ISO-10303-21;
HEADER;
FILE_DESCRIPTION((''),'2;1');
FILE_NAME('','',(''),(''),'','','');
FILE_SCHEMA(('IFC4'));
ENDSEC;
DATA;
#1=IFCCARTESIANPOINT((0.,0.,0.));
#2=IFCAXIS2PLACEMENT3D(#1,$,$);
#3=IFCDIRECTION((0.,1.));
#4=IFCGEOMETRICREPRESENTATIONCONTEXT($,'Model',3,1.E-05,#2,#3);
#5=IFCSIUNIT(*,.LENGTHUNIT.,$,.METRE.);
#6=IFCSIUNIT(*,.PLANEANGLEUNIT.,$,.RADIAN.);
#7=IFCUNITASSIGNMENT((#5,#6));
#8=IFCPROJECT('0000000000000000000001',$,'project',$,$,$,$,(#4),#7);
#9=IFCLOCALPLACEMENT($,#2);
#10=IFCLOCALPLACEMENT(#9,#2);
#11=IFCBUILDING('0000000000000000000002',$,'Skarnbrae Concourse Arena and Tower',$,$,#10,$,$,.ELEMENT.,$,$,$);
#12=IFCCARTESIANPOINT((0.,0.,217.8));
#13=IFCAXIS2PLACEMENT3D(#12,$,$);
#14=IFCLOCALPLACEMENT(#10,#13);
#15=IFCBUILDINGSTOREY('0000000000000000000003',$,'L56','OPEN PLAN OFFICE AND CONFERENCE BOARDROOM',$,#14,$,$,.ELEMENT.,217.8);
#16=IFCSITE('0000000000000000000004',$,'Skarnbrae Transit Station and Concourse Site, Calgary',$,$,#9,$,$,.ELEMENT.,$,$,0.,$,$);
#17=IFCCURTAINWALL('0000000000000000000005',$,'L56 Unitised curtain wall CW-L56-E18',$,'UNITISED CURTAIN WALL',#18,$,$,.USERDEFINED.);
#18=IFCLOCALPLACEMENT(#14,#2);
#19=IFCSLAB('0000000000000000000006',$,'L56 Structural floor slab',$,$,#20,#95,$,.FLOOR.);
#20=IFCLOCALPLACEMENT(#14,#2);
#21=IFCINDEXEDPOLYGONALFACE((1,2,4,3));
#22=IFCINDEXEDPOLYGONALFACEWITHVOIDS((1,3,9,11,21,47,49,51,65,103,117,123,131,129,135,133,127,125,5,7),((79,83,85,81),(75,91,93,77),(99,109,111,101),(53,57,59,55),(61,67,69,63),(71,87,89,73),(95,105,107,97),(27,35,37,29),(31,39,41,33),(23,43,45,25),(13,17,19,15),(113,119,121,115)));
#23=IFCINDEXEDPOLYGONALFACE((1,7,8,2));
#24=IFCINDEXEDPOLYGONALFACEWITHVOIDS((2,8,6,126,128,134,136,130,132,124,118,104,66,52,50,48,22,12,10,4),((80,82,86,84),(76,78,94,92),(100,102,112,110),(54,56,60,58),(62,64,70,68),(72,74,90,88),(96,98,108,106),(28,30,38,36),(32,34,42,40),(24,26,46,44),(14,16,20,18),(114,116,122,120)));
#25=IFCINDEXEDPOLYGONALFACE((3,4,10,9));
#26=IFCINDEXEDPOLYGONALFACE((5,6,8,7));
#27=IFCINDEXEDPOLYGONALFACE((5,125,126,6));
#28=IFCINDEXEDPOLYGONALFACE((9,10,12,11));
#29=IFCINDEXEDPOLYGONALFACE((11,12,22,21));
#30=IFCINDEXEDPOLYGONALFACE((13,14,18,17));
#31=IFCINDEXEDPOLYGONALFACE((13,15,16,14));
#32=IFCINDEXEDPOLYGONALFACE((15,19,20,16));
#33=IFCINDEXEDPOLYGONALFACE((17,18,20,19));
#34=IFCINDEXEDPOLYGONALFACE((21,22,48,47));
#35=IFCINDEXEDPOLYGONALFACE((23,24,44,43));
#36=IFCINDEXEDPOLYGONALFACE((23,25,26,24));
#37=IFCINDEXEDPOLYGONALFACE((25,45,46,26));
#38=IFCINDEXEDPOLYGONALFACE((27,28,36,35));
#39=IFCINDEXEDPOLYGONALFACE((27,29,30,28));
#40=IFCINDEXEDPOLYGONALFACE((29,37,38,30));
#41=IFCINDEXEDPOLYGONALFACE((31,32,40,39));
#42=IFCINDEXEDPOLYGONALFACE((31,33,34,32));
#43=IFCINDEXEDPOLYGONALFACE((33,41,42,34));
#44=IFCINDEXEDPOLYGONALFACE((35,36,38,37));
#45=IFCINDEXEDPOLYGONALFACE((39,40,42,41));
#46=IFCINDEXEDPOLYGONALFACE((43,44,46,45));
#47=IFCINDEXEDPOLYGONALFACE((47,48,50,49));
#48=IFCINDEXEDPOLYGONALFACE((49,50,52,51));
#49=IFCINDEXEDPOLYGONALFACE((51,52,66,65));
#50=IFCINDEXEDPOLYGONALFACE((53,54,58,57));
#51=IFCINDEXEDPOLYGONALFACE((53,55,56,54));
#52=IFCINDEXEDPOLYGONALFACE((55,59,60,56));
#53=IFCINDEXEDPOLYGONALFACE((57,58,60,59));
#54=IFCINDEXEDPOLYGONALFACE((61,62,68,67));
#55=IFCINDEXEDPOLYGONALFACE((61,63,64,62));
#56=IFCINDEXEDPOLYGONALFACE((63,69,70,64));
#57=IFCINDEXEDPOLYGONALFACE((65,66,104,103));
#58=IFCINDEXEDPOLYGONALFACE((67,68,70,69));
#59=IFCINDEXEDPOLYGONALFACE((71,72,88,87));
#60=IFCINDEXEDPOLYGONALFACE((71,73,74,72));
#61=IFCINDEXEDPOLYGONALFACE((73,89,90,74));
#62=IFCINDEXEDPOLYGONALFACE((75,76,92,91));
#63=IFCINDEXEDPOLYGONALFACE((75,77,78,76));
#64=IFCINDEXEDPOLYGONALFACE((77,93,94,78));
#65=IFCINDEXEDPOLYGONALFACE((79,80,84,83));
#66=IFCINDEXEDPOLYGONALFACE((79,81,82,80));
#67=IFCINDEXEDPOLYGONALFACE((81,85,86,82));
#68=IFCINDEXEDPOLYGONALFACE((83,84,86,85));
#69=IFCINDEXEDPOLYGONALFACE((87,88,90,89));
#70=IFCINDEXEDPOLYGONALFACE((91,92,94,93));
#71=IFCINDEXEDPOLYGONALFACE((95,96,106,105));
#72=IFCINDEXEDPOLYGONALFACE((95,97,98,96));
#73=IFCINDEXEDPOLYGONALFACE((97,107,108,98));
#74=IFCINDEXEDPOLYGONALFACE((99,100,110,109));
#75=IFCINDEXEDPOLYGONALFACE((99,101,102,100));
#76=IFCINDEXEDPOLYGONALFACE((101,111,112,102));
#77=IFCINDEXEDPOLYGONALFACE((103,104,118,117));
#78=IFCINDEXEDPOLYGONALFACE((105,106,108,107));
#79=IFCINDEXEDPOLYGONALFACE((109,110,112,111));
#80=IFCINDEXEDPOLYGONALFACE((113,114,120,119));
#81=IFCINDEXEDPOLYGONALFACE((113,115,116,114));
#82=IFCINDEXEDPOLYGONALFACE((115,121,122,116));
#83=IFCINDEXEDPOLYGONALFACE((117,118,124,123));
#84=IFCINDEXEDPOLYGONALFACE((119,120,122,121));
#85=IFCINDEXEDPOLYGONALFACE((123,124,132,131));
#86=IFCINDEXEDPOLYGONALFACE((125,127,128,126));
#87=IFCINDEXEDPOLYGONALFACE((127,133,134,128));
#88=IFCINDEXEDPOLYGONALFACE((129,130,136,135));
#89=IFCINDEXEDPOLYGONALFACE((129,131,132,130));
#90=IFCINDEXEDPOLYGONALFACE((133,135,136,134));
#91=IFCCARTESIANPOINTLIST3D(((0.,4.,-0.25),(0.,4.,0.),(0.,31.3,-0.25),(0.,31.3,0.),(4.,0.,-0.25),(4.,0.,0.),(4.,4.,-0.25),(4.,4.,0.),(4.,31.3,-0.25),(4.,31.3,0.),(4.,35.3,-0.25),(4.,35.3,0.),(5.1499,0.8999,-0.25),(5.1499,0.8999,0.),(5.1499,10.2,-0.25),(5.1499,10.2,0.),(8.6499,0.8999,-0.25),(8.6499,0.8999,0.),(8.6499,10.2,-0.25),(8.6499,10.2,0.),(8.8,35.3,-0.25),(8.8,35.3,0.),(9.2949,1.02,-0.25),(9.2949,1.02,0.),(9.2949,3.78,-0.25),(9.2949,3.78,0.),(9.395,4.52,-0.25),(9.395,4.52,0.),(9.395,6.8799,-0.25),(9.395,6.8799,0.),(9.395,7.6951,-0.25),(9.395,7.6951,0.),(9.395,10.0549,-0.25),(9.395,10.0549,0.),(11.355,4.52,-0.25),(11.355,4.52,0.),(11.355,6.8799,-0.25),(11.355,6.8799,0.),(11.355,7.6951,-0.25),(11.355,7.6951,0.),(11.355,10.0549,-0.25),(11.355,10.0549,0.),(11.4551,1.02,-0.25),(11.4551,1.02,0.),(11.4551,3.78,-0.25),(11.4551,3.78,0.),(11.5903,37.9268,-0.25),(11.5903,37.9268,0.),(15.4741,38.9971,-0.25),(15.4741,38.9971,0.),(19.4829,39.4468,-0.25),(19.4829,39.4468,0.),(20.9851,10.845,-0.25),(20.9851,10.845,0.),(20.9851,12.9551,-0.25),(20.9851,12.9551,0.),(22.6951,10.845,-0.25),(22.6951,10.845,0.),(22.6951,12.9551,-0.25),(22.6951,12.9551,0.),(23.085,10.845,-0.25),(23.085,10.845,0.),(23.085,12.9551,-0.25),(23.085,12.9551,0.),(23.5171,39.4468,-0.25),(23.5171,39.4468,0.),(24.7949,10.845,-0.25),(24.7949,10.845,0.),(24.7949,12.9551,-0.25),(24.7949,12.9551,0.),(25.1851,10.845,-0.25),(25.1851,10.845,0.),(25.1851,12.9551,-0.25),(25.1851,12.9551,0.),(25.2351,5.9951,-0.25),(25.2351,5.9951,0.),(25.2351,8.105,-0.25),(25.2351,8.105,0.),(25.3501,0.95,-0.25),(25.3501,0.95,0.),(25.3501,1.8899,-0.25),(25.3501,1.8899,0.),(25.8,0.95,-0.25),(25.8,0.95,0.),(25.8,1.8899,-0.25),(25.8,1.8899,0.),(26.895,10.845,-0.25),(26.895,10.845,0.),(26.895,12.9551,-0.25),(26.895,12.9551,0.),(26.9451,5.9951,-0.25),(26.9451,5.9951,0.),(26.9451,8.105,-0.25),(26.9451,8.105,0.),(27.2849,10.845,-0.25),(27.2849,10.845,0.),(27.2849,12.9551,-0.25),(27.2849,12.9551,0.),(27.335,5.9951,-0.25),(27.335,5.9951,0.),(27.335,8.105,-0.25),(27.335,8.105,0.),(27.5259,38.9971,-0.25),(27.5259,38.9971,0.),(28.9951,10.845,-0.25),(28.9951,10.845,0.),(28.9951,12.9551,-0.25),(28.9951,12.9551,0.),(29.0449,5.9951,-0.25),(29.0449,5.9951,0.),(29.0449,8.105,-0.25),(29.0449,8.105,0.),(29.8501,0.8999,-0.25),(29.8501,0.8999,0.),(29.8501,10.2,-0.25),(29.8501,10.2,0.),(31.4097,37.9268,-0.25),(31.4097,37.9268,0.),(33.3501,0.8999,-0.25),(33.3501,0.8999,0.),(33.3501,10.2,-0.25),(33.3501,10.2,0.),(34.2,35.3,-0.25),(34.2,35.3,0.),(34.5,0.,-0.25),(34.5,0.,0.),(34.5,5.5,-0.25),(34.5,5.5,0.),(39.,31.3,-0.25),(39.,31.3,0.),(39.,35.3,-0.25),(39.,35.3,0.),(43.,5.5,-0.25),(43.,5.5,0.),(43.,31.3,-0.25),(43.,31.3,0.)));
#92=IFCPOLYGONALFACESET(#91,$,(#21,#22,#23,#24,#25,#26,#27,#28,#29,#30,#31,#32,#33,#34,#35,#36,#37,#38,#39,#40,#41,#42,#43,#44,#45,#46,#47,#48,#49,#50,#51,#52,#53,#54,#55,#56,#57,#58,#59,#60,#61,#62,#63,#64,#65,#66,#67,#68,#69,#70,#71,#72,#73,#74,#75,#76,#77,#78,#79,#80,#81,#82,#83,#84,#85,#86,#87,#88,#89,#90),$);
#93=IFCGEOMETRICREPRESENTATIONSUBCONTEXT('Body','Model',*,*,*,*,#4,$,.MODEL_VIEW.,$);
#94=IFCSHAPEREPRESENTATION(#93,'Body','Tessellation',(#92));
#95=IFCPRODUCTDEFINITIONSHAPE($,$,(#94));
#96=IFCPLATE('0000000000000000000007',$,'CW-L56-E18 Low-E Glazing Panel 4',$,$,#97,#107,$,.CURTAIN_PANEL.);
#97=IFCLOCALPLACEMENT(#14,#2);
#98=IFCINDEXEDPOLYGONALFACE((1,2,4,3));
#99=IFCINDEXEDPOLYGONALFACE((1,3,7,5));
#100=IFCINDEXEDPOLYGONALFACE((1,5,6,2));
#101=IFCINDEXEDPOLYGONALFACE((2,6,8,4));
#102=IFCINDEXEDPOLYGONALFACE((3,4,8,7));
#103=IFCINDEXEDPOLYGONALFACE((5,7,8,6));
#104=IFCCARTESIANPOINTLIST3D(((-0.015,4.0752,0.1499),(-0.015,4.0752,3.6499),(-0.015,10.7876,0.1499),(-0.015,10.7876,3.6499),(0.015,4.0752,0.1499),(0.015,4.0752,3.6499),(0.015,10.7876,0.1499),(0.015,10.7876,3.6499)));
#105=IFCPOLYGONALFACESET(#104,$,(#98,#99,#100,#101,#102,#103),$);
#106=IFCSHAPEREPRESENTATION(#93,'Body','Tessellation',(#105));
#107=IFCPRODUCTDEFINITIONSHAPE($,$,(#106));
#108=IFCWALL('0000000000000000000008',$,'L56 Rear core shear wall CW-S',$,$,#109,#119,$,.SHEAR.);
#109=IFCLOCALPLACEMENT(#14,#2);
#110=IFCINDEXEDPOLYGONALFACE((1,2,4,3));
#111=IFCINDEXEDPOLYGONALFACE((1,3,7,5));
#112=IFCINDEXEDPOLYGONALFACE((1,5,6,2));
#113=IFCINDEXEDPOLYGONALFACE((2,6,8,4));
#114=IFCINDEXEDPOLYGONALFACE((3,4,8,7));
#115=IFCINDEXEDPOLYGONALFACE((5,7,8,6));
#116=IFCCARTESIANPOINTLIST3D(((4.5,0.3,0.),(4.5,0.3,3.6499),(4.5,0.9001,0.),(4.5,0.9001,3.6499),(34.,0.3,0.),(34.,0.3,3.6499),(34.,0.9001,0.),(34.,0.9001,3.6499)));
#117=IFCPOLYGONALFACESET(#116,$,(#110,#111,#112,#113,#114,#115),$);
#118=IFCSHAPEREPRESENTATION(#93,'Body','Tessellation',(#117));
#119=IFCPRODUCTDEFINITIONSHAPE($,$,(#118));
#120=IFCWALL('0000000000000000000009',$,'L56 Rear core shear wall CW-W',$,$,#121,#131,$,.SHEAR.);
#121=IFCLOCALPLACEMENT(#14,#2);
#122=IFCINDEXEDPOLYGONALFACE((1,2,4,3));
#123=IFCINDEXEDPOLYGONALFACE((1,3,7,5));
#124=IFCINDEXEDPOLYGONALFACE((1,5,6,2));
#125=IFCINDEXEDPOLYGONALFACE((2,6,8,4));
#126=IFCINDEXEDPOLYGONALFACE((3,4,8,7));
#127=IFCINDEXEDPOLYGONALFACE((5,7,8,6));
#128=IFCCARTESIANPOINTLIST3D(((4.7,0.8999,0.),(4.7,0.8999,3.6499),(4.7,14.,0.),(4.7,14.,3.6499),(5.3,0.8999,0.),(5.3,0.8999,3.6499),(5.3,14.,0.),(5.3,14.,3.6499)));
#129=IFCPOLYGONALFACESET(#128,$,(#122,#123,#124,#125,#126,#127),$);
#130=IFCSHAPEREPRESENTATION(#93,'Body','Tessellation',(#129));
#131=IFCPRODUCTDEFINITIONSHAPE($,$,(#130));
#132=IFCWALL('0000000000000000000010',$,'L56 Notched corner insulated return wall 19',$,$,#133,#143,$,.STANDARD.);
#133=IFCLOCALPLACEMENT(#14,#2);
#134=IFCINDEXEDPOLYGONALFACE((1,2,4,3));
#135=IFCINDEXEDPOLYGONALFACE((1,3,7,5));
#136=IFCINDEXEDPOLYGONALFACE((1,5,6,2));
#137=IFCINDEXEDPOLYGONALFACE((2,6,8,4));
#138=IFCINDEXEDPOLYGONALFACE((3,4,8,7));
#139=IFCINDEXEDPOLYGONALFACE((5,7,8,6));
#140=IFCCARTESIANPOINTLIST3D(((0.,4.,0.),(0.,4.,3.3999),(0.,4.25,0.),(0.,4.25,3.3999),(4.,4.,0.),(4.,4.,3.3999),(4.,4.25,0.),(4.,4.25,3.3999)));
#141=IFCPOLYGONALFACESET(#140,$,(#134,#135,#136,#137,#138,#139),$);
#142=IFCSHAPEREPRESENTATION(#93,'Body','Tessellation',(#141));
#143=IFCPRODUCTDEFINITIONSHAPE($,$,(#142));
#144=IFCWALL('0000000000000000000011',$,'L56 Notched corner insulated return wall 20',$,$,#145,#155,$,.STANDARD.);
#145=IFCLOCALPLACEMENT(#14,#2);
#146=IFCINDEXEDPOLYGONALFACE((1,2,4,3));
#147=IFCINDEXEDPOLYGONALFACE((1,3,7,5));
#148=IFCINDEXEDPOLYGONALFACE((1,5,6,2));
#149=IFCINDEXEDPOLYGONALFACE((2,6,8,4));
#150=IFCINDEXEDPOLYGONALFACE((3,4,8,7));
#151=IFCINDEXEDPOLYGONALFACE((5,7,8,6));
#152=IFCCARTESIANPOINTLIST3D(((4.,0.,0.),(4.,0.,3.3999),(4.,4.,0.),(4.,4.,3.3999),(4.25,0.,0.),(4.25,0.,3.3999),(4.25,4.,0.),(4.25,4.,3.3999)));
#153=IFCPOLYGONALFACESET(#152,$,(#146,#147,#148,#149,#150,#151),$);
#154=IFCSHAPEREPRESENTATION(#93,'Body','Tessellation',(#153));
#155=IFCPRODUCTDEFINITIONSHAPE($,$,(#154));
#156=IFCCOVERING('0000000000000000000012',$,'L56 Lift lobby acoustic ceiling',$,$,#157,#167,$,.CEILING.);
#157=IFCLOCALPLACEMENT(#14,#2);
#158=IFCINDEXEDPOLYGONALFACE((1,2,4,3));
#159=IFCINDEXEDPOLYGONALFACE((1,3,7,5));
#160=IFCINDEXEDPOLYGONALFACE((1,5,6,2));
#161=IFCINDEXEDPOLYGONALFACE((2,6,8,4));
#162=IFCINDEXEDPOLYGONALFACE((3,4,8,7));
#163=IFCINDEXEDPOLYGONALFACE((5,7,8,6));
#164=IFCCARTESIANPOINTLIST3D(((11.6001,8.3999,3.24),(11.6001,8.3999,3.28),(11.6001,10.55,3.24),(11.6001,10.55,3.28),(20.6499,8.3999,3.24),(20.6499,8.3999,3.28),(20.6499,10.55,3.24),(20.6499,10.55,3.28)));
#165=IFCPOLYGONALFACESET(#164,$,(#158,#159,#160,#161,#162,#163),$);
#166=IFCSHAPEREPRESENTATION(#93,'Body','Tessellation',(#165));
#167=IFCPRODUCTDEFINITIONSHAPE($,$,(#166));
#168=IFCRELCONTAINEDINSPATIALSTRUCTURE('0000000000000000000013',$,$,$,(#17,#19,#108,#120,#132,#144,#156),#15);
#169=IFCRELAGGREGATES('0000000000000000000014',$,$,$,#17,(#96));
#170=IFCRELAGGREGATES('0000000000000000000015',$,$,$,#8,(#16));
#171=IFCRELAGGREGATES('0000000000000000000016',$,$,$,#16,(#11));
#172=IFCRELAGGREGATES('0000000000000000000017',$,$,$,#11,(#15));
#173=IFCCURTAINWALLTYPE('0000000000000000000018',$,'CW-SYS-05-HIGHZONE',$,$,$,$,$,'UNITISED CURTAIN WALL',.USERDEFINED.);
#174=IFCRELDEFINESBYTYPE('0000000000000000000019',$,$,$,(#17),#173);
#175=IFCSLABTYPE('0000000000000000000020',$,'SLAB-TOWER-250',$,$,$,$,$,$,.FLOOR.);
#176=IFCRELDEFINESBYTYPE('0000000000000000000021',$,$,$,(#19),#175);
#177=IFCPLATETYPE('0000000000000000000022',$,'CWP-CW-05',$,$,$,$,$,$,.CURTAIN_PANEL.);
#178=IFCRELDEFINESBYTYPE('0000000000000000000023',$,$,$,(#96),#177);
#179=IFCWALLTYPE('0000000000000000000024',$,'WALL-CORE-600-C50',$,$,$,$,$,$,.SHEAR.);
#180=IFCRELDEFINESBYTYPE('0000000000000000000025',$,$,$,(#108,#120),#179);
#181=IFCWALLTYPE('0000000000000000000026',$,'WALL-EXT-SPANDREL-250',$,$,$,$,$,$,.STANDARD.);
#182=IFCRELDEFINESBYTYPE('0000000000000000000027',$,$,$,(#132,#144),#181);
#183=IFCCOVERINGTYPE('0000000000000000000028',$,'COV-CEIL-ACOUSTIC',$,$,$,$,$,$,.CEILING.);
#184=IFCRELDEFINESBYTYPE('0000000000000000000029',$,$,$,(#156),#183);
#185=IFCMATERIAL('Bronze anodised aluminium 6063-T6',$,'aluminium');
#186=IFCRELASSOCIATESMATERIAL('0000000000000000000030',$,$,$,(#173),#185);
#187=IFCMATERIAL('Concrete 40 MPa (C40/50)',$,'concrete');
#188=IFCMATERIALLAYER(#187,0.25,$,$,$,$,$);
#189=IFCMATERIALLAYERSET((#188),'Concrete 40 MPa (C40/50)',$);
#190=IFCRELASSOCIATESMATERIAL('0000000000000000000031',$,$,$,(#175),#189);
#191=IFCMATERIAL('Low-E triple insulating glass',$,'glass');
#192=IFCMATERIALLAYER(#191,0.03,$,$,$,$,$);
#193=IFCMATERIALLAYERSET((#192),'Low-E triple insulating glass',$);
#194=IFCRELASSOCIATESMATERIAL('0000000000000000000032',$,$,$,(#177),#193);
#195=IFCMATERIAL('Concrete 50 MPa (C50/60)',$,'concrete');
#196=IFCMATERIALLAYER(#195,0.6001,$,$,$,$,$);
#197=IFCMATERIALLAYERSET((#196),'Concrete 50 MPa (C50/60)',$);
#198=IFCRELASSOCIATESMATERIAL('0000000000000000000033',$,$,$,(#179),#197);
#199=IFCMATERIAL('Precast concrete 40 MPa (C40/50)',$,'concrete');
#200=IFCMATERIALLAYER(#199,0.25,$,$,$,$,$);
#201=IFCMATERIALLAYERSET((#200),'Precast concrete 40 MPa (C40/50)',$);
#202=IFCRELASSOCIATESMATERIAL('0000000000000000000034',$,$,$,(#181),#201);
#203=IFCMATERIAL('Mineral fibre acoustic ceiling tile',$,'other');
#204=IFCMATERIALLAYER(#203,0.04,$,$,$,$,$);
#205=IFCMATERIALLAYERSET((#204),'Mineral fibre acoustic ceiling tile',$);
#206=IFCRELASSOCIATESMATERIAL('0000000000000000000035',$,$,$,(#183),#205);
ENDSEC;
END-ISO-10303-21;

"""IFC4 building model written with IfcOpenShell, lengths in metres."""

from ifc_helpers import new_model, si_unit, direction, frame, frame_2d, origin, origin_2d, place, context, subcontext, project, spatial, polyline, rectangle, outline, extrude, source, transform, mapped, material, layer, layer_set, type_object, element, aggregate, save


model = new_model("IFC4")

# Units and contexts
model_context = context("Model", 3, precision=1e-05, world=origin(), true_north=direction((0.0, 1.0)))
body_context = subcontext(model_context, "Body", "Model", "MODEL_VIEW")
ifc_project = project(units=[si_unit("LENGTHUNIT", "METRE"), si_unit("PLANEANGLEUNIT", "RADIAN")], contexts=[model_context])

# Site, building, storey
site_placement = place(None, origin())
site = spatial("IfcSite", under=ifc_project, at=site_placement, Name="Skarnbrae Transit Station and Concourse Site, Calgary", CompositionType="ELEMENT", RefElevation=0.0)
building_placement = place(site_placement, origin())
building = spatial("IfcBuilding", under=site, at=building_placement, Name="Skarnbrae Concourse Arena and Tower", CompositionType="ELEMENT")
storey_placement = place(building_placement, frame((0.0, 0.0, 217.8)))
storey = spatial("IfcBuildingStorey", under=building, at=storey_placement, Name="L56", Description="OPEN PLAN OFFICE AND CONFERENCE BOARDROOM", CompositionType="ELEMENT", Elevation=217.8)

# Curtain wall
ifc_material_1 = material(Name="Bronze anodised aluminium 6063-T6", Category="aluminium")
curtain_wall_type = type_object("IfcCurtainWallType", Name="CW-SYS-05-HIGHZONE", ElementType="UNITISED CURTAIN WALL", PredefinedType="USERDEFINED", material=ifc_material_1)
curtain_wall_placement = place(storey_placement, origin())
curtain_wall = element("IfcCurtainWall", 1, at=curtain_wall_placement, inside=storey, type_object=curtain_wall_type, Name="L56 Unitised curtain wall CW-L56-E18", ObjectType="UNITISED CURTAIN WALL", PredefinedType="USERDEFINED")

# Shared definitions
ifc_material_2 = material(Name="Concrete 40 MPa (C40/50)", Category="concrete")

# Slab
ifc_layer_1 = layer(ifc_material_2, 0.25)
ifc_layer_set_1 = layer_set([ifc_layer_1], Name="Concrete 40 MPa (C40/50)")
slab_type_1 = type_object("IfcSlabType", Name="SLAB-TOWER-250", PredefinedType="FLOOR", material=ifc_layer_set_1)
slab_1_placement = place(storey_placement, frame((0.0, 0.0, -0.25)))
element("IfcSlab", 2, at=slab_1_placement, inside=storey, type_object=slab_type_1, Name="L56 Structural floor slab", PredefinedType="FLOOR", context=body_context, shape_type="SweptSolid", body=[
    extrude(outline(polyline([(4.0, 0.0), (34.5, 0.0), (34.5, 5.5), (43.0, 5.5), (43.0, 31.3), (39.0, 31.3), (39.0, 35.3), (34.2, 35.3), (31.4097, 37.9268), (27.5259, 38.9971), (23.5171, 39.4468), (19.4829, 39.4468), (15.4741, 38.9971), (11.5903, 37.9268), (8.8, 35.3), (4.0, 35.3), (4.0, 31.3), (0.0, 31.3), (0.0, 4.0), (4.0, 4.0), (4.0, 0.0)]), holes=[polyline([(9.2949, 1.02), (9.2949, 3.78), (11.4551, 3.78), (11.4551, 1.02), (9.2949, 1.02)]), polyline([(8.6499, 10.2), (8.6499, 0.8999), (5.1499, 0.8999), (5.1499, 10.2), (8.6499, 10.2)]), polyline([(9.395, 6.8799), (11.355, 6.8799), (11.355, 4.52), (9.395, 4.52), (9.395, 6.8799)]), polyline([(9.395, 7.6951), (9.395, 10.0549), (11.355, 10.0549), (11.355, 7.6951), (9.395, 7.6951)]), polyline([(20.9851, 12.9551), (22.6951, 12.9551), (22.6951, 10.845), (20.9851, 10.845), (20.9851, 12.9551)]), polyline([(23.085, 12.9551), (24.7949, 12.9551), (24.7949, 10.845), (23.085, 10.845), (23.085, 12.9551)]), polyline([(25.3501, 0.95), (25.3501, 1.8899), (25.8, 1.8899), (25.8, 0.95), (25.3501, 0.95)]), polyline([(33.3501, 10.2), (33.3501, 0.8999), (29.8501, 0.8999), (29.8501, 10.2), (33.3501, 10.2)]), polyline([(25.2351, 8.105), (26.9451, 8.105), (26.9451, 5.9951), (25.2351, 5.9951), (25.2351, 8.105)]), polyline([(27.335, 5.9951), (27.335, 8.105), (29.0449, 8.105), (29.0449, 5.9951), (27.335, 5.9951)]), polyline([(25.1851, 12.9551), (26.895, 12.9551), (26.895, 10.845), (25.1851, 10.845), (25.1851, 12.9551)]), polyline([(27.2849, 12.9551), (28.9951, 12.9551), (28.9951, 10.845), (27.2849, 10.845), (27.2849, 12.9551)])]), origin(), (0.0, 0.0, 1.0), 0.25),
])

# Plate
ifc_material_3 = material(Name="Low-E triple insulating glass", Category="glass")
ifc_layer_2 = layer(ifc_material_3, 0.03)
ifc_layer_set_2 = layer_set([ifc_layer_2], Name="Low-E triple insulating glass")
plate_type = type_object("IfcPlateType", Name="CWP-CW-05", PredefinedType="CURTAIN_PANEL", material=ifc_layer_set_2)
shared_shape_1 = source(origin(), body_context, "Body", "SweptSolid", [
    extrude(rectangle(XDim=6.7124, YDim=0.03, at=origin_2d()), origin(), (0.0, 0.0, 1.0), 3.5),
])
plate_placement = place(storey_placement, frame((0.0, 7.4314, 0.1499), z_axis=(0.0, 0.0, 1.0), x_axis=(0.0, -1.0, 0.0)))
plate = element("IfcPlate", 3, at=plate_placement, type_object=plate_type, Name="CW-L56-E18 Low-E Glazing Panel 4", PredefinedType="CURTAIN_PANEL", context=body_context, shape_type="MappedRepresentation", body=[
    mapped(shared_shape_1, transform((0.0, 0.0, 0.0))),
])
aggregate(curtain_wall, [plate])

# Shared definitions
ifc_material_4 = material(Name="Concrete 50 MPa (C50/60)", Category="concrete")

# Walls
ifc_layer_3 = layer(ifc_material_4, 0.6001)
ifc_layer_set_3 = layer_set([ifc_layer_3], Name="Concrete 50 MPa (C50/60)")
wall_type_1 = type_object("IfcWallType", Name="WALL-CORE-600-C50", PredefinedType="SHEAR", material=ifc_layer_set_3)
shared_shape_2 = source(origin(), body_context, "Body", "SweptSolid", [
    extrude(rectangle(XDim=29.5, YDim=0.6001, at=frame_2d((14.75, 0.0))), origin(), (0.0, 0.0, 1.0), 3.6499),
])
wall_1_placement = place(storey_placement, frame((4.5, 0.6001, 0.0), z_axis=(0.0, 0.0, 1.0), x_axis=(1.0, 0.0, 0.0)))
element("IfcWall", 4, at=wall_1_placement, inside=storey, type_object=wall_type_1, Name="L56 Rear core shear wall CW-S", PredefinedType="SHEAR", context=body_context, shape_type="MappedRepresentation", body=[
    mapped(shared_shape_2, transform((0.0, 0.0, 0.0))),
])
shared_shape_3 = source(origin(), body_context, "Body", "SweptSolid", [
    extrude(rectangle(XDim=13.1001, YDim=0.6001, at=frame_2d((6.55, 0.0))), origin(), (0.0, 0.0, 1.0), 3.6499),
])
wall_2_placement = place(storey_placement, frame((5.0, 0.8999, 0.0), z_axis=(0.0, 0.0, 1.0), x_axis=(0.0, 1.0, 0.0)))
element("IfcWall", 5, at=wall_2_placement, inside=storey, type_object=wall_type_1, Name="L56 Rear core shear wall CW-W", PredefinedType="SHEAR", context=body_context, shape_type="MappedRepresentation", body=[
    mapped(shared_shape_3, transform((0.0, 0.0, 0.0))),
])
ifc_material_5 = material(Name="Precast concrete 40 MPa (C40/50)", Category="concrete")
ifc_layer_4 = layer(ifc_material_5, 0.25)
ifc_layer_set_4 = layer_set([ifc_layer_4], Name="Precast concrete 40 MPa (C40/50)")
wall_type_2 = type_object("IfcWallType", Name="WALL-EXT-SPANDREL-250", PredefinedType="STANDARD", material=ifc_layer_set_4)
shared_shape_4 = source(origin(), body_context, "Body", "SweptSolid", [
    extrude(rectangle(XDim=4.0, YDim=0.25, at=frame_2d((2.0, 0.0))), origin(), (0.0, 0.0, 1.0), 3.3999),
])
for number, where, z_axis, x_axis, name in (
    (6, (0.0, 4.125, 0.0), (0.0, 0.0, 1.0), (1.0, 0.0, 0.0), "L56 Notched corner insulated return wall 19"),
    (7, (4.125, 4.0, 0.0), (0.0, 0.0, 1.0), (0.0, -1.0, 0.0), "L56 Notched corner insulated return wall 20"),
):
    element("IfcWall", number, at=place(storey_placement, frame(where, z_axis=z_axis, x_axis=x_axis)), inside=storey, type_object=wall_type_2, Name=name, PredefinedType="STANDARD", context=body_context, shape_type="MappedRepresentation", body=[
        mapped(shared_shape_4, transform((0.0, 0.0, 0.0))),
    ])

# Covering
ifc_material_6 = material(Name="Mineral fibre acoustic ceiling tile", Category="other")
ifc_layer_5 = layer(ifc_material_6, 0.04)
ifc_layer_set_5 = layer_set([ifc_layer_5], Name="Mineral fibre acoustic ceiling tile")
covering_type_1 = type_object("IfcCoveringType", Name="COV-CEIL-ACOUSTIC", PredefinedType="CEILING", material=ifc_layer_set_5)
covering_1_placement = place(storey_placement, frame((0.0, 0.0, 3.24)))
element("IfcCovering", 8, at=covering_1_placement, inside=storey, type_object=covering_type_1, Name="L56 Lift lobby acoustic ceiling", PredefinedType="CEILING", context=body_context, shape_type="SweptSolid", body=[
    extrude(outline(polyline([(11.6001, 8.3999), (20.6499, 8.3999), (20.6499, 10.55), (11.6001, 10.55), (11.6001, 8.3999)])), origin(), (0.0, 0.0, 1.0), 0.04),
])

save(model, "model.ifc")
